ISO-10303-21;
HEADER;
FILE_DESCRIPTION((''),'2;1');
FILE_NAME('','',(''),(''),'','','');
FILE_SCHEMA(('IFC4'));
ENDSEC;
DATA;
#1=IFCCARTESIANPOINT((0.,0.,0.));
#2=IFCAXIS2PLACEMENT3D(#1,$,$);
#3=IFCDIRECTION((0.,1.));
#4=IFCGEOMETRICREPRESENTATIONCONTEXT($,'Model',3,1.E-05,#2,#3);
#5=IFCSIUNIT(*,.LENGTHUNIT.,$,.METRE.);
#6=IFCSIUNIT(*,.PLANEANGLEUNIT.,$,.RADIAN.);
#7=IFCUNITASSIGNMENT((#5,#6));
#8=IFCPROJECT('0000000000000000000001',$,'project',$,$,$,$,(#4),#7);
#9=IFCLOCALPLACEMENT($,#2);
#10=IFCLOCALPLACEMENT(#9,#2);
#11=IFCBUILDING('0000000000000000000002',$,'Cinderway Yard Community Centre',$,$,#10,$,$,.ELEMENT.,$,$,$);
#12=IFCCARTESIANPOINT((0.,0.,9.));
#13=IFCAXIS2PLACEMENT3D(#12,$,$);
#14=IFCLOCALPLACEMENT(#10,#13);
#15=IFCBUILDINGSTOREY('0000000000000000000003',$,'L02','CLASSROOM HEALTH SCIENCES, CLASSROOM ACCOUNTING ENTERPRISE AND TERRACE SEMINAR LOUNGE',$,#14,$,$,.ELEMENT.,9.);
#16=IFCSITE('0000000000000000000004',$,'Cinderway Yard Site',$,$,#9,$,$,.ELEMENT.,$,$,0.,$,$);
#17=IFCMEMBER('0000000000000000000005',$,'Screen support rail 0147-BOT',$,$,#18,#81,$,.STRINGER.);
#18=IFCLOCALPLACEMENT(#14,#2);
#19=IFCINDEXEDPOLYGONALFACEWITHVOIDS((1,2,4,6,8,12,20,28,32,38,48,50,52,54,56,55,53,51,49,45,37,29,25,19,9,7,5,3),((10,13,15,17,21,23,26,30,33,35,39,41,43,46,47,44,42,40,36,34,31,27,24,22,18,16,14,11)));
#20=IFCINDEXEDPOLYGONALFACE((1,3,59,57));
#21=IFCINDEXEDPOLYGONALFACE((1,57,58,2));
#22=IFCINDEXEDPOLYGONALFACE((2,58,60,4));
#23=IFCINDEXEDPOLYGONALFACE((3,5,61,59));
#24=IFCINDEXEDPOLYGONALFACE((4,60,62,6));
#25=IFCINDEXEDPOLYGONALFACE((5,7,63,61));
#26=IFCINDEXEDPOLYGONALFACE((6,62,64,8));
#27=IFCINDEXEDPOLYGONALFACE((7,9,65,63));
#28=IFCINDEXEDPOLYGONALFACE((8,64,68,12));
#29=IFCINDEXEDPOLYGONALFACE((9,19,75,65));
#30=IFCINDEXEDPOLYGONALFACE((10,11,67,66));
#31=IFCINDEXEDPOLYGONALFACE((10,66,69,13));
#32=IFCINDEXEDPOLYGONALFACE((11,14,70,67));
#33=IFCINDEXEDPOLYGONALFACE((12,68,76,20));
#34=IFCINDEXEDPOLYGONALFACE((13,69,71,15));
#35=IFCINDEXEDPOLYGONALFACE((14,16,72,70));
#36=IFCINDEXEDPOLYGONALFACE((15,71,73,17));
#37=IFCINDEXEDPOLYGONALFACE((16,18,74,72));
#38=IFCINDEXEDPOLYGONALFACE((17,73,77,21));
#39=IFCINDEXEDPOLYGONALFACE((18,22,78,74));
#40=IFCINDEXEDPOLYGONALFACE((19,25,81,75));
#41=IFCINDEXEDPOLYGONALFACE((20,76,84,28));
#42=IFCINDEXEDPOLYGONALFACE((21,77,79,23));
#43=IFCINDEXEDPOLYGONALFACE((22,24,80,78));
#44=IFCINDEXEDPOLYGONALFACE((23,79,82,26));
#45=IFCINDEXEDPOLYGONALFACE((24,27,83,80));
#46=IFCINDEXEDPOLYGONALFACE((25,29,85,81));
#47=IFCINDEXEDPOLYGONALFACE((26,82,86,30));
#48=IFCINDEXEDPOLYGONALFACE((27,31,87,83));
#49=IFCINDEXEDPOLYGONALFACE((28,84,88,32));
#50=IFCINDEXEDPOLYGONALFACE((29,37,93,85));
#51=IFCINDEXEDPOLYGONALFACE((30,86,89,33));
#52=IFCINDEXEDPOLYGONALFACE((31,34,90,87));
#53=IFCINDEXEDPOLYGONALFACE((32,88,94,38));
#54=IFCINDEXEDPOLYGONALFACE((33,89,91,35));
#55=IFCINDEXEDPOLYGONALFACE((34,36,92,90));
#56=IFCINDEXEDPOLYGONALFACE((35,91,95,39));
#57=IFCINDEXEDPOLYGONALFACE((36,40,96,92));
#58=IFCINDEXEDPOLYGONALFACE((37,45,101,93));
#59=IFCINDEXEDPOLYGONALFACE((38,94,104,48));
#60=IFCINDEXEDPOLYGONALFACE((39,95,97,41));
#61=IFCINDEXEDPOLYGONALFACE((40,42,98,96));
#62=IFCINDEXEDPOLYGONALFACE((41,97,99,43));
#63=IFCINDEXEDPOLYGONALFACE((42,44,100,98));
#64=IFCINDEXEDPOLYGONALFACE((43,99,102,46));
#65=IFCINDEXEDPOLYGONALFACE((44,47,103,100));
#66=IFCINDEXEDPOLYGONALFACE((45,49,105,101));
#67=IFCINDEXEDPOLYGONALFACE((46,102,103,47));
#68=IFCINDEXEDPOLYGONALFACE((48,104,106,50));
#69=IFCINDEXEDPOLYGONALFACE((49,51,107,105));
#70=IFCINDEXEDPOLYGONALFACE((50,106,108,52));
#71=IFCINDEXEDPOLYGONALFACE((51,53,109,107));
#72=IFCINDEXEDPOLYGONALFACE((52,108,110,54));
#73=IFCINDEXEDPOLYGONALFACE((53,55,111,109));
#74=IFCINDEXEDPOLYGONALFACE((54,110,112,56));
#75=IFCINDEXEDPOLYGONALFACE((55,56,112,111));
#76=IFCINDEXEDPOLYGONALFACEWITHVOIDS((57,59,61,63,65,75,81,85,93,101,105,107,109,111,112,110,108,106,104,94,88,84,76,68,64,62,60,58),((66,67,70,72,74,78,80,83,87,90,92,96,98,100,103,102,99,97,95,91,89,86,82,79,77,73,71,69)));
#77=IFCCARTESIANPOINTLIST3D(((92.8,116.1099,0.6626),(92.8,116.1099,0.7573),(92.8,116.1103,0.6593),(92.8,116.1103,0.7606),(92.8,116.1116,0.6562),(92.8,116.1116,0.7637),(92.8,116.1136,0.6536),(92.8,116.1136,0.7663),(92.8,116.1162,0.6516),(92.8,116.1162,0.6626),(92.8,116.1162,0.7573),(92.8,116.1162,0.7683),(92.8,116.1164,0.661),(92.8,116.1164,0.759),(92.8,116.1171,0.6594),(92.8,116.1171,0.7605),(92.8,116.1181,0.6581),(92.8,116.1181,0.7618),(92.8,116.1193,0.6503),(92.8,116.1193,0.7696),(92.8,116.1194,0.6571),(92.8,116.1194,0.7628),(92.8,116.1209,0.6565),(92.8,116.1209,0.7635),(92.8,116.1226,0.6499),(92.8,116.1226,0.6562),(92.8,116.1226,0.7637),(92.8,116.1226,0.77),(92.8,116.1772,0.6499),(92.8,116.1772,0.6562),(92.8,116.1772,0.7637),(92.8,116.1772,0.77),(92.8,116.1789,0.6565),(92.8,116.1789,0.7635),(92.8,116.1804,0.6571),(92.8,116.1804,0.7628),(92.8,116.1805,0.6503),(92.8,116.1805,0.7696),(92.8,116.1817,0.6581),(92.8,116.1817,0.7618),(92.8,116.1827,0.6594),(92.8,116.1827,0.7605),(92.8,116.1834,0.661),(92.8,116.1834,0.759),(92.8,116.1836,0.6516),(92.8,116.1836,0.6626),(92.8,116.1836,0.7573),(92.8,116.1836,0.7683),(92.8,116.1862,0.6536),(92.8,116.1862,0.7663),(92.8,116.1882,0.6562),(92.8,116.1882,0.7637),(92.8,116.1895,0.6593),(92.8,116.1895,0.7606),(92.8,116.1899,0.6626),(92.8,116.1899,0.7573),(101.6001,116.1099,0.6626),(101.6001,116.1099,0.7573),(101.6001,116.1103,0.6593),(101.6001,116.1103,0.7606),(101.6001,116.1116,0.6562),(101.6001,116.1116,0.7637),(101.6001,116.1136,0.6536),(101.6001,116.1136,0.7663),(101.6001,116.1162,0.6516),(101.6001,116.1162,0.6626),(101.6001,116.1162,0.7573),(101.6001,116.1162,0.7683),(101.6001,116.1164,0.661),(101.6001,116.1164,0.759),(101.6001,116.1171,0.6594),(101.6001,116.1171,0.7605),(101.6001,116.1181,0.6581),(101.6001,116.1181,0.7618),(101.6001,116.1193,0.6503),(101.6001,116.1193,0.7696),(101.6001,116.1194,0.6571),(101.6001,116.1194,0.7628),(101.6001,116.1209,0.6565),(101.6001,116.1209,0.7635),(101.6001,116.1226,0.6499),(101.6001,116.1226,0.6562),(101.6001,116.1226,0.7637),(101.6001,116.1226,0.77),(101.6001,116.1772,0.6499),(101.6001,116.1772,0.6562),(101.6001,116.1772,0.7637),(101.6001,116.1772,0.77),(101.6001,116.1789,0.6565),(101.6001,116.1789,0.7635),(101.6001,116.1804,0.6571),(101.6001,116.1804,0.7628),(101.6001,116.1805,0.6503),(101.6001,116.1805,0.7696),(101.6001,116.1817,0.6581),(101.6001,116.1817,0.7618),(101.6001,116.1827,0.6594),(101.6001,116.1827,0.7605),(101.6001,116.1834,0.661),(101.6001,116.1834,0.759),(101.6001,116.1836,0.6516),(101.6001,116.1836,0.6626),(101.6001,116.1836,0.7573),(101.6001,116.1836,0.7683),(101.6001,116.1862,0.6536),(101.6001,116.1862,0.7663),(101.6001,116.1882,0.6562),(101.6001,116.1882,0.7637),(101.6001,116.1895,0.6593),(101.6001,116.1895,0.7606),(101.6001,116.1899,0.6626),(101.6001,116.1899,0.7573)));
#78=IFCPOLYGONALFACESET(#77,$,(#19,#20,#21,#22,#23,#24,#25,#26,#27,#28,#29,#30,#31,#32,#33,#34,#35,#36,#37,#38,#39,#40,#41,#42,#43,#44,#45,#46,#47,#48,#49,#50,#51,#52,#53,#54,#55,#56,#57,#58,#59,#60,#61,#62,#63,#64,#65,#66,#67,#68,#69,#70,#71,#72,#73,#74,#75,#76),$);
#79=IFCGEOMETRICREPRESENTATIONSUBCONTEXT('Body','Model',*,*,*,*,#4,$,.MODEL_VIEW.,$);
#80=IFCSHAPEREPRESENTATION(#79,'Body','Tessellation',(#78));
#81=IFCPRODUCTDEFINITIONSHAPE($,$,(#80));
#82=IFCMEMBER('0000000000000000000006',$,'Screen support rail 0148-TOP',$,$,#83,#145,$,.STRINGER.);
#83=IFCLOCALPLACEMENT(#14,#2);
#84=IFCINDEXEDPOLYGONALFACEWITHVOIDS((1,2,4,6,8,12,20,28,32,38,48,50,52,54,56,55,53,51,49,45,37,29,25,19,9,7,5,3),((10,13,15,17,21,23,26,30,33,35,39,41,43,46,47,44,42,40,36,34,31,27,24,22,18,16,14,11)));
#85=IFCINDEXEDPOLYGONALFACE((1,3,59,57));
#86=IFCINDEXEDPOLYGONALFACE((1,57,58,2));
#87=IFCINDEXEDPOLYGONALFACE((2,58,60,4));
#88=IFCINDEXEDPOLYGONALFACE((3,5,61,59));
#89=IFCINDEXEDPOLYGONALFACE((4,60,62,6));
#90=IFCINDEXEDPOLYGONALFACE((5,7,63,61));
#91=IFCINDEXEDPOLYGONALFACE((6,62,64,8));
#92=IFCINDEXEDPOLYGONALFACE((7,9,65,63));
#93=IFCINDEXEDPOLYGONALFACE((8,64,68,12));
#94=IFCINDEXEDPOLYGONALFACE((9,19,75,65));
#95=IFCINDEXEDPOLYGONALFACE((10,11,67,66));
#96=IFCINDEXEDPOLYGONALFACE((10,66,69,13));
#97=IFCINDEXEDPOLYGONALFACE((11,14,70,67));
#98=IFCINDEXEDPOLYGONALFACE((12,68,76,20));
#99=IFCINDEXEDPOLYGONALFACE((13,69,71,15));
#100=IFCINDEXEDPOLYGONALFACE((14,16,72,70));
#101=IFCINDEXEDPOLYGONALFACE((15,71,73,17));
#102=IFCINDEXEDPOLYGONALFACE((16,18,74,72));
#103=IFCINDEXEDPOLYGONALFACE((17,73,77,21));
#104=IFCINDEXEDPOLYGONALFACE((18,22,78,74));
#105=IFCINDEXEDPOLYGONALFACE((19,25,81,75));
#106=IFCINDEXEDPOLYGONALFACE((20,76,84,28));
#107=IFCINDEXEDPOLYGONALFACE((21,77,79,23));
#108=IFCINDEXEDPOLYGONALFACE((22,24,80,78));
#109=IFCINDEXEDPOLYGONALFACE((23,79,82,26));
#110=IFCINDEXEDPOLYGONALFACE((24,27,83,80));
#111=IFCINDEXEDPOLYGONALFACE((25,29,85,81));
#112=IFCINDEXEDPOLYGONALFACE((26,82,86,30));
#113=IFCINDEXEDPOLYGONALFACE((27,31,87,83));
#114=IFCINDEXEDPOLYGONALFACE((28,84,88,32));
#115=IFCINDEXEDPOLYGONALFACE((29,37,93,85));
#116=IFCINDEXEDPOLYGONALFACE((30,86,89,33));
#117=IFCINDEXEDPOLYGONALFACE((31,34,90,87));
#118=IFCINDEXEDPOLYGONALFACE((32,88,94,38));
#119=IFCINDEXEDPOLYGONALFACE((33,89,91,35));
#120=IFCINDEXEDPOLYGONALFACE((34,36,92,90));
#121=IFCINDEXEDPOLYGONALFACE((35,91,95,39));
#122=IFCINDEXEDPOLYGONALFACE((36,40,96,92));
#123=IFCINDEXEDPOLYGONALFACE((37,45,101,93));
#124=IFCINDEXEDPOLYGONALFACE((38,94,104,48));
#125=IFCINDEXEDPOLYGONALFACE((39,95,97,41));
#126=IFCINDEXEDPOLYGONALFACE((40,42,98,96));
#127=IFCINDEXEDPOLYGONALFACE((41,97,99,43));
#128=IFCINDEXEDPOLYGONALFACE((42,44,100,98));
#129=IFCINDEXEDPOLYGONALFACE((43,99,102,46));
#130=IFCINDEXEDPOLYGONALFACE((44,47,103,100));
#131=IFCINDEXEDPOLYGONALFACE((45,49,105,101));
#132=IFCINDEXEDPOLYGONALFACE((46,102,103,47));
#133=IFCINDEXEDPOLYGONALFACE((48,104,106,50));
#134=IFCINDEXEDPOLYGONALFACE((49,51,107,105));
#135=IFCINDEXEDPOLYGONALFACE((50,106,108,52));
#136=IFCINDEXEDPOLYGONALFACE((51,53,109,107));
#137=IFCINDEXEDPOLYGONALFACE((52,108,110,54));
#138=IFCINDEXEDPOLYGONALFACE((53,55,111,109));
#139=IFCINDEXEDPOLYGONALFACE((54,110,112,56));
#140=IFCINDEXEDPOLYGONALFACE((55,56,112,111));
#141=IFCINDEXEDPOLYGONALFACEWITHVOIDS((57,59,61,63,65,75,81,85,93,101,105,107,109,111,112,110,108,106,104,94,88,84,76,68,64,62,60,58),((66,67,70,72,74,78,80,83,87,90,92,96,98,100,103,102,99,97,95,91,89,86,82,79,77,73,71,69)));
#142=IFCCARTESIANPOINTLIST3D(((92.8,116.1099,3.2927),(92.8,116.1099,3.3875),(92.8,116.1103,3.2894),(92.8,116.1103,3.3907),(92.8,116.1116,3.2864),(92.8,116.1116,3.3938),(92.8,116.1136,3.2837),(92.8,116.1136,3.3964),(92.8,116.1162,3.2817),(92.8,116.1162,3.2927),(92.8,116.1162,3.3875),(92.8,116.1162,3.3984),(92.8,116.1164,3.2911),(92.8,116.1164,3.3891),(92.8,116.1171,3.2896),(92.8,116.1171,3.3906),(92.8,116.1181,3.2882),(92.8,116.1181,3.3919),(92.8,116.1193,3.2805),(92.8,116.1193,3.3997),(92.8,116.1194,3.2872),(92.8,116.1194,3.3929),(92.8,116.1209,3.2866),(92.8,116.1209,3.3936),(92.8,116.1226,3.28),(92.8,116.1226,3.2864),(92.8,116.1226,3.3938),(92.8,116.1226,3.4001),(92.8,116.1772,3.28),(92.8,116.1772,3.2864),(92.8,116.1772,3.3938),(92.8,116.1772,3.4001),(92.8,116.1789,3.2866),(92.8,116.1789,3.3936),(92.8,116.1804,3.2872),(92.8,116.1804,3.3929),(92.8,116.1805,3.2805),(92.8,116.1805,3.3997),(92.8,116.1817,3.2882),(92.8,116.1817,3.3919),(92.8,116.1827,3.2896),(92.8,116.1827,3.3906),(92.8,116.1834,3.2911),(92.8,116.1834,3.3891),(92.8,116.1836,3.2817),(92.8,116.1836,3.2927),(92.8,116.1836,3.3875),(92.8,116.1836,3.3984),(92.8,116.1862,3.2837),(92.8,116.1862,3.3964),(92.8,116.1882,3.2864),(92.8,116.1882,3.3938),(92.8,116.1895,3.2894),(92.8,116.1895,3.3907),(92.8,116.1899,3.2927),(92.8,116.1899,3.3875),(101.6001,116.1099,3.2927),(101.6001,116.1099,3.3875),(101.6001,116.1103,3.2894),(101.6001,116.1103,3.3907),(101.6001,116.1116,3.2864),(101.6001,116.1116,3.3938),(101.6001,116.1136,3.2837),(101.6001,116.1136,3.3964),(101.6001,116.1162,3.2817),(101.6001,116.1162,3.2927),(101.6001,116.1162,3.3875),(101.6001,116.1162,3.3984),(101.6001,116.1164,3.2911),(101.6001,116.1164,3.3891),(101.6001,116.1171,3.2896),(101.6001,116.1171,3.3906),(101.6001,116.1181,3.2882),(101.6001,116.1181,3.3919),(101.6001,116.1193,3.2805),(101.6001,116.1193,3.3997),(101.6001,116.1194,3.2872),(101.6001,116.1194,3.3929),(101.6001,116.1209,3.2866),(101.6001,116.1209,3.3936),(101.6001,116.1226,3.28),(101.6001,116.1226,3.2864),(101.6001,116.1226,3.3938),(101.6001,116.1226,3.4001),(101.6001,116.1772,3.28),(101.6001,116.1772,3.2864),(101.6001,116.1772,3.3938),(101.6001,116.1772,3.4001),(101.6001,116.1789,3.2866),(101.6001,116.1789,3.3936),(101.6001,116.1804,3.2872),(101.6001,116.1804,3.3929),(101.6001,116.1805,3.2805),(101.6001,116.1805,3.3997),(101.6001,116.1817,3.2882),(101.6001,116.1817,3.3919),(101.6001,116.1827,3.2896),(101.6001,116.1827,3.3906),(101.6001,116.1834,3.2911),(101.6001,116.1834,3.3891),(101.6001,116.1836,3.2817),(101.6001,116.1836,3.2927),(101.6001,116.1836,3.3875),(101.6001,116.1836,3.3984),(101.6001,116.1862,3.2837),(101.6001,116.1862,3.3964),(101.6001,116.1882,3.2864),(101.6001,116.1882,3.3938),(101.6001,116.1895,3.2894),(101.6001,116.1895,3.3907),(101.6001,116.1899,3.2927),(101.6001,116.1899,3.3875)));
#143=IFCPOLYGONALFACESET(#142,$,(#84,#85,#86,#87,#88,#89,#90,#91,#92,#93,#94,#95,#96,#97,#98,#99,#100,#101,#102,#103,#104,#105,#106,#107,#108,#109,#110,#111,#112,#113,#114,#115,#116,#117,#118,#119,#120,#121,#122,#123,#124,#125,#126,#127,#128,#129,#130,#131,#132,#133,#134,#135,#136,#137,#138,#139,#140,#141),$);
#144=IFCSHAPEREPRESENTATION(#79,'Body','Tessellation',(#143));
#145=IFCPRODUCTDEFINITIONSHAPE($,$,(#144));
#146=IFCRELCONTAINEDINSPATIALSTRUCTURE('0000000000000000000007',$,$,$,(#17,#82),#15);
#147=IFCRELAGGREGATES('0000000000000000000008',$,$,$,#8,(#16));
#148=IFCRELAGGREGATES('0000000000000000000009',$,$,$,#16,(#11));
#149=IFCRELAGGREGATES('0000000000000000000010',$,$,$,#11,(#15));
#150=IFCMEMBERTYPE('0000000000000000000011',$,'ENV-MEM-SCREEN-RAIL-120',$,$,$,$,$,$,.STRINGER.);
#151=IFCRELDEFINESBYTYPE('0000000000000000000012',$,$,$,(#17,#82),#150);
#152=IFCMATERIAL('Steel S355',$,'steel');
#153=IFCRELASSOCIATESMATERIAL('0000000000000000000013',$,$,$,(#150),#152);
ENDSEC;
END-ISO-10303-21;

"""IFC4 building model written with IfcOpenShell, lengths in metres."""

from ifc_helpers import new_model, si_unit, direction, frame, origin, origin_2d, place, context, subcontext, project, spatial, hollow_rectangle, extrude, material, material_profile, profile_set, type_object, element, save


model = new_model("IFC4")

# Units and contexts
model_context = context("Model", 3, precision=1e-05, world=origin(), true_north=direction((0.0, 1.0)))
body_context = subcontext(model_context, "Body", "Model", "MODEL_VIEW")
ifc_project = project(units=[si_unit("LENGTHUNIT", "METRE"), si_unit("PLANEANGLEUNIT", "RADIAN")], contexts=[model_context])

# Site, building, storey
site_placement = place(None, origin())
site = spatial("IfcSite", under=ifc_project, at=site_placement, Name="Cinderway Yard Site", CompositionType="ELEMENT", RefElevation=0.0)
building_placement = place(site_placement, origin())
building = spatial("IfcBuilding", under=site, at=building_placement, Name="Cinderway Yard Community Centre", CompositionType="ELEMENT")
storey_placement = place(building_placement, frame((0.0, 0.0, 9.0)))
storey = spatial("IfcBuildingStorey", under=building, at=storey_placement, Name="L02", Description="CLASSROOM HEALTH SCIENCES, CLASSROOM ACCOUNTING ENTERPRISE AND TERRACE SEMINAR LOUNGE", CompositionType="ELEMENT", Elevation=9.0)

# Members
ifc_material_1 = material(Name="Steel S355", Category="steel")
ifc_material_profile_1 = material_profile(ifc_material_1, hollow_rectangle(XDim=0.0801, YDim=0.1201, WallThickness=0.0063, InnerFilletRadius=0.0063, OuterFilletRadius=0.0127, at=origin_2d()), Name="Steel S355")
ifc_profile_set_1 = profile_set([ifc_material_profile_1], Name="Steel S355")
member_type_1 = type_object("IfcMemberType", Name="ENV-MEM-SCREEN-RAIL-120", PredefinedType="STRINGER", material=ifc_profile_set_1)
for number, where, z_axis, x_axis, name in (
    (1, (92.8, 116.1499, 0.71), (1.0, 0.0, 0.0), (0.0, 1.0, 0.0), "Screen support rail 0147-BOT"),
    (2, (92.8, 116.1499, 3.3401), (1.0, 0.0, 0.0), (0.0, 1.0, 0.0), "Screen support rail 0148-TOP"),
):
    element("IfcMember", number, at=place(storey_placement, frame(where, z_axis=z_axis, x_axis=x_axis)), inside=storey, type_object=member_type_1, Name=name, PredefinedType="STRINGER", context=body_context, shape_type="SweptSolid", body=[
        extrude(hollow_rectangle(XDim=0.0801, YDim=0.1201, WallThickness=0.0063, InnerFilletRadius=0.0063, OuterFilletRadius=0.0127, at=origin_2d()), origin(), (0.0, 0.0, 1.0), 8.8),
    ])

save(model, "model.ifc")
